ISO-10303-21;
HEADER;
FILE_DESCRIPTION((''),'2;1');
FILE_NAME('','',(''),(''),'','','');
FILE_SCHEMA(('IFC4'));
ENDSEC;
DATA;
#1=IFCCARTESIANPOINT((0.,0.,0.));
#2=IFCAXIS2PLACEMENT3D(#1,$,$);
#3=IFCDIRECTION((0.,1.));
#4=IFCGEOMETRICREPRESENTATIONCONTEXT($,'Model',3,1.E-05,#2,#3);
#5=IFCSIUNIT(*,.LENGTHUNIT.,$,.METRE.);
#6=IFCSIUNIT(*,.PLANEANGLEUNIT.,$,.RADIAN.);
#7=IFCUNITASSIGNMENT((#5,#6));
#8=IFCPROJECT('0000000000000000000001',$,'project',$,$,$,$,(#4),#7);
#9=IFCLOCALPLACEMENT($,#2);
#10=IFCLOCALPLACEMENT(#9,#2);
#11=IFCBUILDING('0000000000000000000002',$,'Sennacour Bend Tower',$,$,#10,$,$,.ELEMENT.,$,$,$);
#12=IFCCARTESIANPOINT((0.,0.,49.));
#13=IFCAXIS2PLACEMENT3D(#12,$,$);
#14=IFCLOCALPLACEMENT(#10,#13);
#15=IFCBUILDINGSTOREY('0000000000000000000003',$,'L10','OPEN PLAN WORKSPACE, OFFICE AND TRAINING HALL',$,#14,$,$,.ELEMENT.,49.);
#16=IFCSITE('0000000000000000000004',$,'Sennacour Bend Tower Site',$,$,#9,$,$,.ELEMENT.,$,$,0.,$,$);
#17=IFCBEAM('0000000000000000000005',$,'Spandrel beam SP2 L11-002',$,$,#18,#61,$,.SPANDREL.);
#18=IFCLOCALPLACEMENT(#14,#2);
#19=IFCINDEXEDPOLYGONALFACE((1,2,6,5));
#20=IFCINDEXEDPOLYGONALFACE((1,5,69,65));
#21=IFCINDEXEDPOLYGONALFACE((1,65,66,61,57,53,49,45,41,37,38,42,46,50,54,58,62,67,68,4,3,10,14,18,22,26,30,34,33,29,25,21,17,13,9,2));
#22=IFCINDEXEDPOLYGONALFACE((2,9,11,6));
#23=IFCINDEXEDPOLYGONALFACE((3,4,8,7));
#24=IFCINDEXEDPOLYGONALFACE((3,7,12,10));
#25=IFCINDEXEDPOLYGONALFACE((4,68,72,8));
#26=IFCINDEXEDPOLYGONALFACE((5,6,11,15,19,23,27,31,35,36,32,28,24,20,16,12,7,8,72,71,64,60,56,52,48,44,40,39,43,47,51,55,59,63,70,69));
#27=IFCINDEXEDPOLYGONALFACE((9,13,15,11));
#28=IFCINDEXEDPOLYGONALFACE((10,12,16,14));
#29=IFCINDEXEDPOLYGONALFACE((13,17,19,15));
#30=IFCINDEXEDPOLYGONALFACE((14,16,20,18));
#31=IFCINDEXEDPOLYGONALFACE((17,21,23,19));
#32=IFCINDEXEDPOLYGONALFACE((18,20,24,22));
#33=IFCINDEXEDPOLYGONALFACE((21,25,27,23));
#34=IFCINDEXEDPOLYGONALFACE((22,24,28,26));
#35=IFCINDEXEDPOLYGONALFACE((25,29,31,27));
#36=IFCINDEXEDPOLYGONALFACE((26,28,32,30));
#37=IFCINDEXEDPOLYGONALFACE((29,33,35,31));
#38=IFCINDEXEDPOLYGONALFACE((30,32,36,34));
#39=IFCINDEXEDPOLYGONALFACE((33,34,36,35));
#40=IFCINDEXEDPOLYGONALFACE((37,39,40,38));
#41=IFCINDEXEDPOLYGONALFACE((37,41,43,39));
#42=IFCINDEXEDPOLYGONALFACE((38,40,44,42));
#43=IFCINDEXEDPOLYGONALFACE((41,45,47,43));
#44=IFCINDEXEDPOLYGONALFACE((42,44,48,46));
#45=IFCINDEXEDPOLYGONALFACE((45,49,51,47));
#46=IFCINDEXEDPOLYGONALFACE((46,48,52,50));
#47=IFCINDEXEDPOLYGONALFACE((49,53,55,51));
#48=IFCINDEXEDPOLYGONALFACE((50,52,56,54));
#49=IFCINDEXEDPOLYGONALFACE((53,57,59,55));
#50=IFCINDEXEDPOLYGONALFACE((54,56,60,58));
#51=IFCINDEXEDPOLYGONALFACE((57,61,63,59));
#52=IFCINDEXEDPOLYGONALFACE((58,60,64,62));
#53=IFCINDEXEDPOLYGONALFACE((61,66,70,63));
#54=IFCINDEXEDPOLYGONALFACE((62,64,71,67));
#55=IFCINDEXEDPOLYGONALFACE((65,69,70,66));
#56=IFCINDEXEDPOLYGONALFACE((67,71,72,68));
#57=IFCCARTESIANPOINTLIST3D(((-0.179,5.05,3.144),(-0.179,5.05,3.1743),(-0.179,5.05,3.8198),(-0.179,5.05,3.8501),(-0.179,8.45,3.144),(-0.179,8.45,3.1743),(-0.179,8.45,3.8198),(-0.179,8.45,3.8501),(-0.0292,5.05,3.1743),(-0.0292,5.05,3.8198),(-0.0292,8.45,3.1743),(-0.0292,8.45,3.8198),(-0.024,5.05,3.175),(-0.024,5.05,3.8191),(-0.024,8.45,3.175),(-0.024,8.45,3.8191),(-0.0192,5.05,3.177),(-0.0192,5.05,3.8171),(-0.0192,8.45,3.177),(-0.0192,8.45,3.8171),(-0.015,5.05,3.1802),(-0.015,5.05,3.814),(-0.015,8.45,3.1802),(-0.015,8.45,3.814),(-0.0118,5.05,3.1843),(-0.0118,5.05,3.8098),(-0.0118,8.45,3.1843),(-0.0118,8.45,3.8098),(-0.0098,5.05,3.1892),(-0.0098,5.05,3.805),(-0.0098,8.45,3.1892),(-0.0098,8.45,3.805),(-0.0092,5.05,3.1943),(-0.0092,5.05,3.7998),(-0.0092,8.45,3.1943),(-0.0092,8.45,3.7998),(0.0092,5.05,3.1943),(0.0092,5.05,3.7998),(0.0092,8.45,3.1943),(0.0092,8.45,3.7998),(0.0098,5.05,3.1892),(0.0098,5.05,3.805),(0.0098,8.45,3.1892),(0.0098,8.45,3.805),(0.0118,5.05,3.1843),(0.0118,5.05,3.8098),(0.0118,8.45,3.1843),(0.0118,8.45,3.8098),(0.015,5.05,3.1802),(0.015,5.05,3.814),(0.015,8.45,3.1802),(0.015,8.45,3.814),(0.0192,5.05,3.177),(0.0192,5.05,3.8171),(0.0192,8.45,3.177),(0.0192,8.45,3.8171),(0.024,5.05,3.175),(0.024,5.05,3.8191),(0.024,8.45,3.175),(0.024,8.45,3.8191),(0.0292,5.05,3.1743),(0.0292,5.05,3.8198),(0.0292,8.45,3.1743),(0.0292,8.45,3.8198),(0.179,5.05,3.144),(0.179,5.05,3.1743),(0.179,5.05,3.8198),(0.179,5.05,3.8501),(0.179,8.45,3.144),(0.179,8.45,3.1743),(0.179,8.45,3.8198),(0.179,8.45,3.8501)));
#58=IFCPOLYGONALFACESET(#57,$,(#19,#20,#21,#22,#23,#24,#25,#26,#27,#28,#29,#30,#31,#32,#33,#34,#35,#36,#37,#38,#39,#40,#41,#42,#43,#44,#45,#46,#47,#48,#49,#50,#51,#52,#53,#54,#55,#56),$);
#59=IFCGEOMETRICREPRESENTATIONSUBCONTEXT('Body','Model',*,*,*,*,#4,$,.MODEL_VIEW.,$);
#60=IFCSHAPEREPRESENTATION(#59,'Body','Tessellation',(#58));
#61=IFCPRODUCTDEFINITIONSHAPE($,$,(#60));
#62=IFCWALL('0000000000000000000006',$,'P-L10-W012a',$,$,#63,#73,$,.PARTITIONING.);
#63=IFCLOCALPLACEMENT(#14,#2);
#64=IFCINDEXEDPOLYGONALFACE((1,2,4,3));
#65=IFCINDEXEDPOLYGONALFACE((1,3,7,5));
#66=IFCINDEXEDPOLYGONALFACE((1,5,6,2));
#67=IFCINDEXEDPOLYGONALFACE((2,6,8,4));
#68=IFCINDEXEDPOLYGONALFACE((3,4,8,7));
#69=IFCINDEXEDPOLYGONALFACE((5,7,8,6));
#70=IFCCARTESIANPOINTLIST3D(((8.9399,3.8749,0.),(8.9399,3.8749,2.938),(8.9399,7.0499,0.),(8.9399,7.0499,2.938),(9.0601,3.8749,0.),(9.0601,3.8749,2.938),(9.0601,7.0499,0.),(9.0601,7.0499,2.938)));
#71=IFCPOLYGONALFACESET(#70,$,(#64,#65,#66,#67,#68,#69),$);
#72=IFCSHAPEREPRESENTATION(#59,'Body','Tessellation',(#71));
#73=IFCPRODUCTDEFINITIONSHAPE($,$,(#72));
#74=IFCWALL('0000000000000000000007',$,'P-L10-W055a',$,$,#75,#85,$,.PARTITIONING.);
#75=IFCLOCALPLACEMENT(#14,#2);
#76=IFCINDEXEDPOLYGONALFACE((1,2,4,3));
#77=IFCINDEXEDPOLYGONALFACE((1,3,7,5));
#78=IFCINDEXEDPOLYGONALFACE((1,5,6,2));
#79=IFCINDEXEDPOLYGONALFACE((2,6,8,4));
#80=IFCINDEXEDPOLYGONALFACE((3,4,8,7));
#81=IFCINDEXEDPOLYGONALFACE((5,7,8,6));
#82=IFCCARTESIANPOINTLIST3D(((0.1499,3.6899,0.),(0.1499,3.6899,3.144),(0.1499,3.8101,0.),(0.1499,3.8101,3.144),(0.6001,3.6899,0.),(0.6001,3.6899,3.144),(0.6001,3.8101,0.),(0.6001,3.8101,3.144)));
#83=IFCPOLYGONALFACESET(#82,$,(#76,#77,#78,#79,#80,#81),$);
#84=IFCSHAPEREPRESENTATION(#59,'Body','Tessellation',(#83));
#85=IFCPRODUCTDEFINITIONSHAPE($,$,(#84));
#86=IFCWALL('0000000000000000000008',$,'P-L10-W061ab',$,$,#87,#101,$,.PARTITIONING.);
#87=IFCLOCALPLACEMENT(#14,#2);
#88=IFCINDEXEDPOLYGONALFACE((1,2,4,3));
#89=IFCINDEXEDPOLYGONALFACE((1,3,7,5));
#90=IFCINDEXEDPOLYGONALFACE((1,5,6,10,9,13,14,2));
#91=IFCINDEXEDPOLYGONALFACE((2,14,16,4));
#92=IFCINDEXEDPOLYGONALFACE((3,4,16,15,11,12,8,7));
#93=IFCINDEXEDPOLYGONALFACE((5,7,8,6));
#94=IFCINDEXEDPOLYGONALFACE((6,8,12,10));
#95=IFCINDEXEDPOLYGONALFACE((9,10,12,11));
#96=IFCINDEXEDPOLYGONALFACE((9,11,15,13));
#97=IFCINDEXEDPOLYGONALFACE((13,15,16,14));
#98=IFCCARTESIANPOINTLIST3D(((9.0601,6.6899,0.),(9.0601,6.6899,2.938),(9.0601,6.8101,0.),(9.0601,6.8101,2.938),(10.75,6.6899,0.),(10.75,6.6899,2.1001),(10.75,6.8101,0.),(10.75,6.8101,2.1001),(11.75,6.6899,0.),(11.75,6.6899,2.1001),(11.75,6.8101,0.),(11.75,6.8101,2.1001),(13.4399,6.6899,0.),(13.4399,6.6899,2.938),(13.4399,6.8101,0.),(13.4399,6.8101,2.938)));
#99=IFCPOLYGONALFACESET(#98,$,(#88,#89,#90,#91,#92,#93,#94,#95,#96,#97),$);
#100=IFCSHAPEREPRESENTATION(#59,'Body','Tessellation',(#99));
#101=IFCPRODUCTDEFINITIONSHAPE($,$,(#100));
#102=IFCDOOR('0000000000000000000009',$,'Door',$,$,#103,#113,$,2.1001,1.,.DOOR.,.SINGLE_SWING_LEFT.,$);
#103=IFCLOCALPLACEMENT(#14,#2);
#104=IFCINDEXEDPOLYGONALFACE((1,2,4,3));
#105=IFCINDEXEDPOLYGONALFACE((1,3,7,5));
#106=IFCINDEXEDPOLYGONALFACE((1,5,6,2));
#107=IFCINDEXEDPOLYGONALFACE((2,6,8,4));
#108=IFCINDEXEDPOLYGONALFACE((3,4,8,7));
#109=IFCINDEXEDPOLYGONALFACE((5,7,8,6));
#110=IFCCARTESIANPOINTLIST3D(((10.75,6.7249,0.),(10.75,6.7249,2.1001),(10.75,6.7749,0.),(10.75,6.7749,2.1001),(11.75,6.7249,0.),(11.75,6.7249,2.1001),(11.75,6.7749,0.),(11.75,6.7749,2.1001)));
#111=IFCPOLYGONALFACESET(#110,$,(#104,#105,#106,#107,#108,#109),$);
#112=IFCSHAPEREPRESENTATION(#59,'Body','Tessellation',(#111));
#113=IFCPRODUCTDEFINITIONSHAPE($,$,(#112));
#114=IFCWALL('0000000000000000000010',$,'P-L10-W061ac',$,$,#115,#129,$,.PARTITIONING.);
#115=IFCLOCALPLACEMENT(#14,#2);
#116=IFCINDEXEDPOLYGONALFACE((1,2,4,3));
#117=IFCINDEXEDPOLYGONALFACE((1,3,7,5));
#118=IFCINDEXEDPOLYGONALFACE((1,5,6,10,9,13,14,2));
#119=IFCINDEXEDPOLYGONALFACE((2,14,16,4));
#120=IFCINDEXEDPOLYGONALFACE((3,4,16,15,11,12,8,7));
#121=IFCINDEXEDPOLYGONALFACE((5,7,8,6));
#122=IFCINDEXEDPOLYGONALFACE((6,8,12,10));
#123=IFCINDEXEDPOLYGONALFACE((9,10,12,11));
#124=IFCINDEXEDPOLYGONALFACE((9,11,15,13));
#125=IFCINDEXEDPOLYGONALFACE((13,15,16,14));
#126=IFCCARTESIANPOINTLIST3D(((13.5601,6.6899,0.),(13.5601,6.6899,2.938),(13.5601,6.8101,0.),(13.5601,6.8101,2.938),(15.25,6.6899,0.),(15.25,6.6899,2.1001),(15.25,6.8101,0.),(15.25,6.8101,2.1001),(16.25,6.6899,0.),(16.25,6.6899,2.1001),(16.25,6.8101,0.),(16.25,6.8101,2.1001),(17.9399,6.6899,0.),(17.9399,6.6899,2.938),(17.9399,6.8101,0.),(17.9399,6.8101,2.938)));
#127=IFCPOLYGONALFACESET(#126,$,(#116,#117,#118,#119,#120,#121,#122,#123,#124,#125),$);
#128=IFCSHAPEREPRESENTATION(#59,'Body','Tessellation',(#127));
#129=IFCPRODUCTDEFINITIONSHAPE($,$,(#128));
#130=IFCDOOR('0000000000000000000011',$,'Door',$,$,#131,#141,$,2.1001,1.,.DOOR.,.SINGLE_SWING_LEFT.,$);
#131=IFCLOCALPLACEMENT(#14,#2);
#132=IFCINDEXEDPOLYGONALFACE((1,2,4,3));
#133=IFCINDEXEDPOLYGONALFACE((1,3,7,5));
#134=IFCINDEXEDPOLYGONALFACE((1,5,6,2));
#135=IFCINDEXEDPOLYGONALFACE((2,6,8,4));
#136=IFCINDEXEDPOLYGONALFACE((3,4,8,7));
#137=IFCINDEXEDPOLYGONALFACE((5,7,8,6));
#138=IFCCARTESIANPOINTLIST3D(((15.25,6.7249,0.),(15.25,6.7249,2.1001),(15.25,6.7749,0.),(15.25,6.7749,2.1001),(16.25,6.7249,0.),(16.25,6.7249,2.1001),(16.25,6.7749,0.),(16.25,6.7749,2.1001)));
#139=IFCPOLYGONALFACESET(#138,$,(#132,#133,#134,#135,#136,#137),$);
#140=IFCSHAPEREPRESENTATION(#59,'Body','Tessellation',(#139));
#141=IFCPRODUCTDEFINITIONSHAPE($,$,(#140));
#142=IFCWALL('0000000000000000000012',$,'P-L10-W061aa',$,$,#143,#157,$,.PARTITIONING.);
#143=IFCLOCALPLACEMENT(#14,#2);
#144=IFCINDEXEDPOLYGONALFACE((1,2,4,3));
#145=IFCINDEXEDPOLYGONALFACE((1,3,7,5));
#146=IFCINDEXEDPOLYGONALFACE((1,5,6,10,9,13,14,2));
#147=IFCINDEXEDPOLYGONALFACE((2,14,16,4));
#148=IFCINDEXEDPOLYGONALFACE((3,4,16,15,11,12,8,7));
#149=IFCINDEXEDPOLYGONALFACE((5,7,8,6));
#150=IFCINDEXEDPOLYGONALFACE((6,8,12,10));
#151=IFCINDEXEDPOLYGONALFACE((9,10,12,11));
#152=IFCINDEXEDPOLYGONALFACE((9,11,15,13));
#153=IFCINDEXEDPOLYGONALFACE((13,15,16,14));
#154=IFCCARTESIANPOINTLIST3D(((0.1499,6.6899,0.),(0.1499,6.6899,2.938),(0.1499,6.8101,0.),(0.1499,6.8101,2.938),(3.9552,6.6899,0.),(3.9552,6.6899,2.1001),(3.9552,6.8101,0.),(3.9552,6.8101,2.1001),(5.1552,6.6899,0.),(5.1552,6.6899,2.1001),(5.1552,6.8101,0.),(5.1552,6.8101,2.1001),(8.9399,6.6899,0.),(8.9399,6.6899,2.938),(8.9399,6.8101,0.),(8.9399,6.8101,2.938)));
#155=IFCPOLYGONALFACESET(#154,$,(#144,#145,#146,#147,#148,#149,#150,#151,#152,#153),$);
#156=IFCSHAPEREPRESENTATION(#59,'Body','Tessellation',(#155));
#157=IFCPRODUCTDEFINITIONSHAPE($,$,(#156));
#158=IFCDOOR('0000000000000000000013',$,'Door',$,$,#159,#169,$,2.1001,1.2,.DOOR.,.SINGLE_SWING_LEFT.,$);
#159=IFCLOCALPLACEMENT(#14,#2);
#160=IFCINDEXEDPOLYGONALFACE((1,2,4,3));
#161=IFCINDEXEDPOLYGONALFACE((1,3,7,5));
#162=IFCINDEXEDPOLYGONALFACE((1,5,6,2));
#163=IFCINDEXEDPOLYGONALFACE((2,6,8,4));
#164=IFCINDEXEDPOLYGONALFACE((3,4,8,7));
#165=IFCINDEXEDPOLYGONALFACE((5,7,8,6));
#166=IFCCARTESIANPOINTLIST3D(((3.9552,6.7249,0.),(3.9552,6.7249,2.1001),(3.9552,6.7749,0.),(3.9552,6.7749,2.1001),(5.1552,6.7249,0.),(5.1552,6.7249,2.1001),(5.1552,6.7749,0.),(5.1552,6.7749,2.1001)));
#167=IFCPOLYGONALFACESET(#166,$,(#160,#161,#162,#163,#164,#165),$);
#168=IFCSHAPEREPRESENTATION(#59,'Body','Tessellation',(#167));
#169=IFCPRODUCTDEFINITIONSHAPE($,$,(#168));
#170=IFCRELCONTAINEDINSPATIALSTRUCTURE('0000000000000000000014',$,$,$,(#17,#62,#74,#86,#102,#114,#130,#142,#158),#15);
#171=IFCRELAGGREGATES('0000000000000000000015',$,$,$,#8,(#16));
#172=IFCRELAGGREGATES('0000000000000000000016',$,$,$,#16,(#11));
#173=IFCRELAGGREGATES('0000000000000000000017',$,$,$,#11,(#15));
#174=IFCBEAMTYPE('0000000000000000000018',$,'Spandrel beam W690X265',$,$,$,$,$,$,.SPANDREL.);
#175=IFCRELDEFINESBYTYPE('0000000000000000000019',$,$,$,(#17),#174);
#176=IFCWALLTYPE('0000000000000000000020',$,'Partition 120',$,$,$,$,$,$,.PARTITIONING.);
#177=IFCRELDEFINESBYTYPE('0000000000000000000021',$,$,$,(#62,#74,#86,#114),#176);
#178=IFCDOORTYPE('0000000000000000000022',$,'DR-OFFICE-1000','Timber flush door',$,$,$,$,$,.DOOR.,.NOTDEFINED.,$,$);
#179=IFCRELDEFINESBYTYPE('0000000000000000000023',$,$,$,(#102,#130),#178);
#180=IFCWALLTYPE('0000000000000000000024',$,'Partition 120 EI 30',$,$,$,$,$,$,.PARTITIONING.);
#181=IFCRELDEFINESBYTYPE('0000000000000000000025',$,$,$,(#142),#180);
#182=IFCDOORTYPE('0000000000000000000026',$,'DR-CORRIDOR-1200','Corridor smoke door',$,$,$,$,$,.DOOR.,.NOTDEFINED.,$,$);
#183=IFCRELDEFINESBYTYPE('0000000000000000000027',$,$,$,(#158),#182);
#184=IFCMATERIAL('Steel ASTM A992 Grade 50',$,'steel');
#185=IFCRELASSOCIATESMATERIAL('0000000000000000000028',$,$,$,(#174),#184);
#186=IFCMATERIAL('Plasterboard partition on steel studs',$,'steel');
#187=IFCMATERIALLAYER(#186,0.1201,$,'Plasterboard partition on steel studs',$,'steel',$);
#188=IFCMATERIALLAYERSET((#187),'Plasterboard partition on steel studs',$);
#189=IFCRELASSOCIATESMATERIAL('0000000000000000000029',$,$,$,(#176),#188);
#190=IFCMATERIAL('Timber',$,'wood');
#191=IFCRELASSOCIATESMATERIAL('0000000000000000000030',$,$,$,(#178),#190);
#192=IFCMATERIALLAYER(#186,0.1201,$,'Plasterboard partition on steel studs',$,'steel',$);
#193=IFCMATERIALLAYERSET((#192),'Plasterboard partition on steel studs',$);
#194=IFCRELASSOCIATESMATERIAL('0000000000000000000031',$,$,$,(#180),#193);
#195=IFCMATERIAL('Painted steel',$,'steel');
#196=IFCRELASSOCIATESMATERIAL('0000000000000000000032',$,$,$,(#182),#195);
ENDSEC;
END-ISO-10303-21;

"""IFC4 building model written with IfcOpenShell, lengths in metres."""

from ifc_helpers import new_model, si_unit, direction, frame, frame_2d, origin, origin_2d, place, context, subcontext, project, spatial, rectangle, i_section, extrude, material, layer, layer_set, material_profile, profile_set, type_object, element, fill, save


model = new_model("IFC4")

# Units and contexts
model_context = context("Model", 3, precision=1e-05, world=origin(), true_north=direction((0.0, 1.0)))
body_context = subcontext(model_context, "Body", "Model", "MODEL_VIEW")
ifc_project = project(units=[si_unit("LENGTHUNIT", "METRE"), si_unit("PLANEANGLEUNIT", "RADIAN")], contexts=[model_context])

# Site, building, storey
site_placement = place(None, origin())
site = spatial("IfcSite", under=ifc_project, at=site_placement, Name="Sennacour Bend Tower Site", CompositionType="ELEMENT", RefElevation=0.0)
building_placement = place(site_placement, origin())
building = spatial("IfcBuilding", under=site, at=building_placement, Name="Sennacour Bend Tower", CompositionType="ELEMENT")
storey_placement = place(building_placement, frame((0.0, 0.0, 49.0)))
storey = spatial("IfcBuildingStorey", under=building, at=storey_placement, Name="L10", Description="OPEN PLAN WORKSPACE, OFFICE AND TRAINING HALL", CompositionType="ELEMENT", Elevation=49.0)

# Beam
ifc_material_1 = material(Name="Steel ASTM A992 Grade 50", Category="steel")
ifc_material_profile_1 = material_profile(ifc_material_1, i_section(OverallWidth=0.3579, OverallDepth=0.7061, WebThickness=0.0183, FlangeThickness=0.0303, FilletRadius=0.02, at=origin_2d()), Name="Steel ASTM A992 Grade 50", Category="steel")
ifc_profile_set_1 = profile_set([ifc_material_profile_1], Name="Steel ASTM A992 Grade 50")
beam_type_1 = type_object("IfcBeamType", Name="Spandrel beam W690X265", PredefinedType="SPANDREL", material=ifc_profile_set_1)
beam_placement = place(storey_placement, frame((0.0, 5.05, 3.4971), z_axis=(0.0, 1.0, 0.0), x_axis=(-1.0, 0.0, 0.0)))
element("IfcBeam", 1, at=beam_placement, inside=storey, type_object=beam_type_1, Name="Spandrel beam SP2 L11-002", PredefinedType="SPANDREL", context=body_context, shape_type="SweptSolid", body=[
    extrude(i_section(OverallWidth=0.3579, OverallDepth=0.7061, WebThickness=0.0183, FlangeThickness=0.0303, FilletRadius=0.02, at=origin_2d()), origin(), (0.0, 0.0, 1.0), 3.3999),
])

# Walls
ifc_material_2 = material(Name="Plasterboard partition on steel studs", Category="steel")
ifc_layer_1 = layer(ifc_material_2, 0.1201, Name="Plasterboard partition on steel studs", Category="steel")
ifc_layer_set_1 = layer_set([ifc_layer_1], Name="Plasterboard partition on steel studs")
wall_type_1 = type_object("IfcWallType", Name="Partition 120", PredefinedType="PARTITIONING", material=ifc_layer_set_1)
wall_1_placement = place(storey_placement, frame((9.0, 3.875, 0.0), z_axis=(0.0, 0.0, 1.0), x_axis=(0.0, 1.0, 0.0)))
element("IfcWall", 2, at=wall_1_placement, inside=storey, type_object=wall_type_1, Name="P-L10-W012a", PredefinedType="PARTITIONING", context=body_context, shape_type="SweptSolid", body=[
    extrude(rectangle(XDim=3.175, YDim=0.1201, at=frame_2d((1.5874, 0.0))), origin(), (0.0, 0.0, 1.0), 2.938),
])
wall_2_placement = place(storey_placement, frame((0.1499, 3.75, 0.0), z_axis=(0.0, 0.0, 1.0), x_axis=(1.0, 0.0, 0.0)))
element("IfcWall", 3, at=wall_2_placement, inside=storey, type_object=wall_type_1, Name="P-L10-W055a", PredefinedType="PARTITIONING", context=body_context, shape_type="SweptSolid", body=[
    extrude(rectangle(XDim=0.4502, YDim=0.1201, at=frame_2d((0.2251, 0.0))), origin(), (0.0, 0.0, 1.0), 3.144),
])

# Walls, openings, doors
wall_3_placement = place(storey_placement, frame((9.0601, 6.75, 0.0), z_axis=(0.0, 0.0, 1.0), x_axis=(1.0, 0.0, 0.0)))
wall_3 = element("IfcWall", 4, at=wall_3_placement, inside=storey, type_object=wall_type_1, Name="P-L10-W061ab", PredefinedType="PARTITIONING", context=body_context, shape_type="SweptSolid", body=[
    extrude(rectangle(XDim=4.3799, YDim=0.1201, at=frame_2d((2.1899, 0.0))), origin(), (0.0, 0.0, 1.0), 2.938),
])
opening_1_placement = place(wall_3_placement, frame((1.6899, 0.0, 0.0)))
opening_1 = element("IfcOpeningElement", 5, at=opening_1_placement, cuts=wall_3, PredefinedType="OPENING", context=body_context, shape_type="SweptSolid", body=[
    extrude(rectangle(XDim=1.0, YDim=2.1001, at=frame_2d((0.5, 1.05))), frame((0.0, 0.0701, 0.0), z_axis=(0.0, -1.0, 0.0), x_axis=(1.0, 0.0, 0.0)), (0.0, 0.0, 1.0), 0.1401),
])
ifc_material_3 = material(Name="Timber", Category="wood")
door_type_1 = type_object("IfcDoorType", Name="DR-OFFICE-1000", Description="Timber flush door", OperationType="NOTDEFINED", PredefinedType="DOOR", material=ifc_material_3)
door_1_placement = place(opening_1_placement, origin())
door_1 = element("IfcDoor", 6, at=door_1_placement, inside=storey, type_object=door_type_1, Name="Door", OperationType="SINGLE_SWING_LEFT", OverallHeight=2.1001, OverallWidth=1.0, PredefinedType="DOOR", context=body_context, shape_type="SweptSolid", body=[
    extrude(rectangle(XDim=1.0, YDim=2.1001, at=frame_2d((0.5, 1.05))), frame((0.0, 0.0249, 0.0), z_axis=(0.0, -1.0, 0.0), x_axis=(1.0, 0.0, 0.0)), (0.0, 0.0, 1.0), 0.05),
])
fill(opening_1, door_1)
wall_4_placement = place(storey_placement, frame((13.5601, 6.75, 0.0), z_axis=(0.0, 0.0, 1.0), x_axis=(1.0, 0.0, 0.0)))
wall_4 = element("IfcWall", 7, at=wall_4_placement, inside=storey, type_object=wall_type_1, Name="P-L10-W061ac", PredefinedType="PARTITIONING", context=body_context, shape_type="SweptSolid", body=[
    extrude(rectangle(XDim=4.3799, YDim=0.1201, at=frame_2d((2.1899, 0.0))), origin(), (0.0, 0.0, 1.0), 2.938),
])
opening_2_placement = place(wall_4_placement, frame((1.6899, 0.0, 0.0)))
opening_2 = element("IfcOpeningElement", 8, at=opening_2_placement, cuts=wall_4, PredefinedType="OPENING", context=body_context, shape_type="SweptSolid", body=[
    extrude(rectangle(XDim=1.0, YDim=2.1001, at=frame_2d((0.5, 1.05))), frame((0.0, 0.0701, 0.0), z_axis=(0.0, -1.0, 0.0), x_axis=(1.0, 0.0, 0.0)), (0.0, 0.0, 1.0), 0.1401),
])
door_2_placement = place(opening_2_placement, origin())
door_2 = element("IfcDoor", 9, at=door_2_placement, inside=storey, type_object=door_type_1, Name="Door", OperationType="SINGLE_SWING_LEFT", OverallHeight=2.1001, OverallWidth=1.0, PredefinedType="DOOR", context=body_context, shape_type="SweptSolid", body=[
    extrude(rectangle(XDim=1.0, YDim=2.1001, at=frame_2d((0.5, 1.05))), frame((0.0, 0.0249, 0.0), z_axis=(0.0, -1.0, 0.0), x_axis=(1.0, 0.0, 0.0)), (0.0, 0.0, 1.0), 0.05),
])
fill(opening_2, door_2)
ifc_layer_2 = layer(ifc_material_2, 0.1201, Name="Plasterboard partition on steel studs", Category="steel")
ifc_layer_set_2 = layer_set([ifc_layer_2], Name="Plasterboard partition on steel studs")
wall_type_2 = type_object("IfcWallType", Name="Partition 120 EI 30", PredefinedType="PARTITIONING", material=ifc_layer_set_2)
wall_5_placement = place(storey_placement, frame((0.1499, 6.75, 0.0), z_axis=(0.0, 0.0, 1.0), x_axis=(1.0, 0.0, 0.0)))
wall_5 = element("IfcWall", 10, at=wall_5_placement, inside=storey, type_object=wall_type_2, Name="P-L10-W061aa", PredefinedType="PARTITIONING", context=body_context, shape_type="SweptSolid", body=[
    extrude(rectangle(XDim=8.79, YDim=0.1201, at=frame_2d((4.395, 0.0))), origin(), (0.0, 0.0, 1.0), 2.938),
])
opening_3_placement = place(wall_5_placement, frame((3.8052, 0.0, 0.0)))
opening_3 = element("IfcOpeningElement", 11, at=opening_3_placement, cuts=wall_5, PredefinedType="OPENING", context=body_context, shape_type="SweptSolid", body=[
    extrude(rectangle(XDim=1.2, YDim=2.1001, at=frame_2d((0.6001, 1.05))), frame((0.0, 0.0701, 0.0), z_axis=(0.0, -1.0, 0.0), x_axis=(1.0, 0.0, 0.0)), (0.0, 0.0, 1.0), 0.1401),
])
ifc_material_4 = material(Name="Painted steel", Category="steel")
door_type_2 = type_object("IfcDoorType", Name="DR-CORRIDOR-1200", Description="Corridor smoke door", OperationType="NOTDEFINED", PredefinedType="DOOR", material=ifc_material_4)
door_3_placement = place(opening_3_placement, origin())
door_3 = element("IfcDoor", 12, at=door_3_placement, inside=storey, type_object=door_type_2, Name="Door", OperationType="SINGLE_SWING_LEFT", OverallHeight=2.1001, OverallWidth=1.2, PredefinedType="DOOR", context=body_context, shape_type="SweptSolid", body=[
    extrude(rectangle(XDim=1.2, YDim=2.1001, at=frame_2d((0.6001, 1.05))), frame((0.0, 0.0249, 0.0), z_axis=(0.0, -1.0, 0.0), x_axis=(1.0, 0.0, 0.0)), (0.0, 0.0, 1.0), 0.05),
])
fill(opening_3, door_3)

save(model, "model.ifc")
